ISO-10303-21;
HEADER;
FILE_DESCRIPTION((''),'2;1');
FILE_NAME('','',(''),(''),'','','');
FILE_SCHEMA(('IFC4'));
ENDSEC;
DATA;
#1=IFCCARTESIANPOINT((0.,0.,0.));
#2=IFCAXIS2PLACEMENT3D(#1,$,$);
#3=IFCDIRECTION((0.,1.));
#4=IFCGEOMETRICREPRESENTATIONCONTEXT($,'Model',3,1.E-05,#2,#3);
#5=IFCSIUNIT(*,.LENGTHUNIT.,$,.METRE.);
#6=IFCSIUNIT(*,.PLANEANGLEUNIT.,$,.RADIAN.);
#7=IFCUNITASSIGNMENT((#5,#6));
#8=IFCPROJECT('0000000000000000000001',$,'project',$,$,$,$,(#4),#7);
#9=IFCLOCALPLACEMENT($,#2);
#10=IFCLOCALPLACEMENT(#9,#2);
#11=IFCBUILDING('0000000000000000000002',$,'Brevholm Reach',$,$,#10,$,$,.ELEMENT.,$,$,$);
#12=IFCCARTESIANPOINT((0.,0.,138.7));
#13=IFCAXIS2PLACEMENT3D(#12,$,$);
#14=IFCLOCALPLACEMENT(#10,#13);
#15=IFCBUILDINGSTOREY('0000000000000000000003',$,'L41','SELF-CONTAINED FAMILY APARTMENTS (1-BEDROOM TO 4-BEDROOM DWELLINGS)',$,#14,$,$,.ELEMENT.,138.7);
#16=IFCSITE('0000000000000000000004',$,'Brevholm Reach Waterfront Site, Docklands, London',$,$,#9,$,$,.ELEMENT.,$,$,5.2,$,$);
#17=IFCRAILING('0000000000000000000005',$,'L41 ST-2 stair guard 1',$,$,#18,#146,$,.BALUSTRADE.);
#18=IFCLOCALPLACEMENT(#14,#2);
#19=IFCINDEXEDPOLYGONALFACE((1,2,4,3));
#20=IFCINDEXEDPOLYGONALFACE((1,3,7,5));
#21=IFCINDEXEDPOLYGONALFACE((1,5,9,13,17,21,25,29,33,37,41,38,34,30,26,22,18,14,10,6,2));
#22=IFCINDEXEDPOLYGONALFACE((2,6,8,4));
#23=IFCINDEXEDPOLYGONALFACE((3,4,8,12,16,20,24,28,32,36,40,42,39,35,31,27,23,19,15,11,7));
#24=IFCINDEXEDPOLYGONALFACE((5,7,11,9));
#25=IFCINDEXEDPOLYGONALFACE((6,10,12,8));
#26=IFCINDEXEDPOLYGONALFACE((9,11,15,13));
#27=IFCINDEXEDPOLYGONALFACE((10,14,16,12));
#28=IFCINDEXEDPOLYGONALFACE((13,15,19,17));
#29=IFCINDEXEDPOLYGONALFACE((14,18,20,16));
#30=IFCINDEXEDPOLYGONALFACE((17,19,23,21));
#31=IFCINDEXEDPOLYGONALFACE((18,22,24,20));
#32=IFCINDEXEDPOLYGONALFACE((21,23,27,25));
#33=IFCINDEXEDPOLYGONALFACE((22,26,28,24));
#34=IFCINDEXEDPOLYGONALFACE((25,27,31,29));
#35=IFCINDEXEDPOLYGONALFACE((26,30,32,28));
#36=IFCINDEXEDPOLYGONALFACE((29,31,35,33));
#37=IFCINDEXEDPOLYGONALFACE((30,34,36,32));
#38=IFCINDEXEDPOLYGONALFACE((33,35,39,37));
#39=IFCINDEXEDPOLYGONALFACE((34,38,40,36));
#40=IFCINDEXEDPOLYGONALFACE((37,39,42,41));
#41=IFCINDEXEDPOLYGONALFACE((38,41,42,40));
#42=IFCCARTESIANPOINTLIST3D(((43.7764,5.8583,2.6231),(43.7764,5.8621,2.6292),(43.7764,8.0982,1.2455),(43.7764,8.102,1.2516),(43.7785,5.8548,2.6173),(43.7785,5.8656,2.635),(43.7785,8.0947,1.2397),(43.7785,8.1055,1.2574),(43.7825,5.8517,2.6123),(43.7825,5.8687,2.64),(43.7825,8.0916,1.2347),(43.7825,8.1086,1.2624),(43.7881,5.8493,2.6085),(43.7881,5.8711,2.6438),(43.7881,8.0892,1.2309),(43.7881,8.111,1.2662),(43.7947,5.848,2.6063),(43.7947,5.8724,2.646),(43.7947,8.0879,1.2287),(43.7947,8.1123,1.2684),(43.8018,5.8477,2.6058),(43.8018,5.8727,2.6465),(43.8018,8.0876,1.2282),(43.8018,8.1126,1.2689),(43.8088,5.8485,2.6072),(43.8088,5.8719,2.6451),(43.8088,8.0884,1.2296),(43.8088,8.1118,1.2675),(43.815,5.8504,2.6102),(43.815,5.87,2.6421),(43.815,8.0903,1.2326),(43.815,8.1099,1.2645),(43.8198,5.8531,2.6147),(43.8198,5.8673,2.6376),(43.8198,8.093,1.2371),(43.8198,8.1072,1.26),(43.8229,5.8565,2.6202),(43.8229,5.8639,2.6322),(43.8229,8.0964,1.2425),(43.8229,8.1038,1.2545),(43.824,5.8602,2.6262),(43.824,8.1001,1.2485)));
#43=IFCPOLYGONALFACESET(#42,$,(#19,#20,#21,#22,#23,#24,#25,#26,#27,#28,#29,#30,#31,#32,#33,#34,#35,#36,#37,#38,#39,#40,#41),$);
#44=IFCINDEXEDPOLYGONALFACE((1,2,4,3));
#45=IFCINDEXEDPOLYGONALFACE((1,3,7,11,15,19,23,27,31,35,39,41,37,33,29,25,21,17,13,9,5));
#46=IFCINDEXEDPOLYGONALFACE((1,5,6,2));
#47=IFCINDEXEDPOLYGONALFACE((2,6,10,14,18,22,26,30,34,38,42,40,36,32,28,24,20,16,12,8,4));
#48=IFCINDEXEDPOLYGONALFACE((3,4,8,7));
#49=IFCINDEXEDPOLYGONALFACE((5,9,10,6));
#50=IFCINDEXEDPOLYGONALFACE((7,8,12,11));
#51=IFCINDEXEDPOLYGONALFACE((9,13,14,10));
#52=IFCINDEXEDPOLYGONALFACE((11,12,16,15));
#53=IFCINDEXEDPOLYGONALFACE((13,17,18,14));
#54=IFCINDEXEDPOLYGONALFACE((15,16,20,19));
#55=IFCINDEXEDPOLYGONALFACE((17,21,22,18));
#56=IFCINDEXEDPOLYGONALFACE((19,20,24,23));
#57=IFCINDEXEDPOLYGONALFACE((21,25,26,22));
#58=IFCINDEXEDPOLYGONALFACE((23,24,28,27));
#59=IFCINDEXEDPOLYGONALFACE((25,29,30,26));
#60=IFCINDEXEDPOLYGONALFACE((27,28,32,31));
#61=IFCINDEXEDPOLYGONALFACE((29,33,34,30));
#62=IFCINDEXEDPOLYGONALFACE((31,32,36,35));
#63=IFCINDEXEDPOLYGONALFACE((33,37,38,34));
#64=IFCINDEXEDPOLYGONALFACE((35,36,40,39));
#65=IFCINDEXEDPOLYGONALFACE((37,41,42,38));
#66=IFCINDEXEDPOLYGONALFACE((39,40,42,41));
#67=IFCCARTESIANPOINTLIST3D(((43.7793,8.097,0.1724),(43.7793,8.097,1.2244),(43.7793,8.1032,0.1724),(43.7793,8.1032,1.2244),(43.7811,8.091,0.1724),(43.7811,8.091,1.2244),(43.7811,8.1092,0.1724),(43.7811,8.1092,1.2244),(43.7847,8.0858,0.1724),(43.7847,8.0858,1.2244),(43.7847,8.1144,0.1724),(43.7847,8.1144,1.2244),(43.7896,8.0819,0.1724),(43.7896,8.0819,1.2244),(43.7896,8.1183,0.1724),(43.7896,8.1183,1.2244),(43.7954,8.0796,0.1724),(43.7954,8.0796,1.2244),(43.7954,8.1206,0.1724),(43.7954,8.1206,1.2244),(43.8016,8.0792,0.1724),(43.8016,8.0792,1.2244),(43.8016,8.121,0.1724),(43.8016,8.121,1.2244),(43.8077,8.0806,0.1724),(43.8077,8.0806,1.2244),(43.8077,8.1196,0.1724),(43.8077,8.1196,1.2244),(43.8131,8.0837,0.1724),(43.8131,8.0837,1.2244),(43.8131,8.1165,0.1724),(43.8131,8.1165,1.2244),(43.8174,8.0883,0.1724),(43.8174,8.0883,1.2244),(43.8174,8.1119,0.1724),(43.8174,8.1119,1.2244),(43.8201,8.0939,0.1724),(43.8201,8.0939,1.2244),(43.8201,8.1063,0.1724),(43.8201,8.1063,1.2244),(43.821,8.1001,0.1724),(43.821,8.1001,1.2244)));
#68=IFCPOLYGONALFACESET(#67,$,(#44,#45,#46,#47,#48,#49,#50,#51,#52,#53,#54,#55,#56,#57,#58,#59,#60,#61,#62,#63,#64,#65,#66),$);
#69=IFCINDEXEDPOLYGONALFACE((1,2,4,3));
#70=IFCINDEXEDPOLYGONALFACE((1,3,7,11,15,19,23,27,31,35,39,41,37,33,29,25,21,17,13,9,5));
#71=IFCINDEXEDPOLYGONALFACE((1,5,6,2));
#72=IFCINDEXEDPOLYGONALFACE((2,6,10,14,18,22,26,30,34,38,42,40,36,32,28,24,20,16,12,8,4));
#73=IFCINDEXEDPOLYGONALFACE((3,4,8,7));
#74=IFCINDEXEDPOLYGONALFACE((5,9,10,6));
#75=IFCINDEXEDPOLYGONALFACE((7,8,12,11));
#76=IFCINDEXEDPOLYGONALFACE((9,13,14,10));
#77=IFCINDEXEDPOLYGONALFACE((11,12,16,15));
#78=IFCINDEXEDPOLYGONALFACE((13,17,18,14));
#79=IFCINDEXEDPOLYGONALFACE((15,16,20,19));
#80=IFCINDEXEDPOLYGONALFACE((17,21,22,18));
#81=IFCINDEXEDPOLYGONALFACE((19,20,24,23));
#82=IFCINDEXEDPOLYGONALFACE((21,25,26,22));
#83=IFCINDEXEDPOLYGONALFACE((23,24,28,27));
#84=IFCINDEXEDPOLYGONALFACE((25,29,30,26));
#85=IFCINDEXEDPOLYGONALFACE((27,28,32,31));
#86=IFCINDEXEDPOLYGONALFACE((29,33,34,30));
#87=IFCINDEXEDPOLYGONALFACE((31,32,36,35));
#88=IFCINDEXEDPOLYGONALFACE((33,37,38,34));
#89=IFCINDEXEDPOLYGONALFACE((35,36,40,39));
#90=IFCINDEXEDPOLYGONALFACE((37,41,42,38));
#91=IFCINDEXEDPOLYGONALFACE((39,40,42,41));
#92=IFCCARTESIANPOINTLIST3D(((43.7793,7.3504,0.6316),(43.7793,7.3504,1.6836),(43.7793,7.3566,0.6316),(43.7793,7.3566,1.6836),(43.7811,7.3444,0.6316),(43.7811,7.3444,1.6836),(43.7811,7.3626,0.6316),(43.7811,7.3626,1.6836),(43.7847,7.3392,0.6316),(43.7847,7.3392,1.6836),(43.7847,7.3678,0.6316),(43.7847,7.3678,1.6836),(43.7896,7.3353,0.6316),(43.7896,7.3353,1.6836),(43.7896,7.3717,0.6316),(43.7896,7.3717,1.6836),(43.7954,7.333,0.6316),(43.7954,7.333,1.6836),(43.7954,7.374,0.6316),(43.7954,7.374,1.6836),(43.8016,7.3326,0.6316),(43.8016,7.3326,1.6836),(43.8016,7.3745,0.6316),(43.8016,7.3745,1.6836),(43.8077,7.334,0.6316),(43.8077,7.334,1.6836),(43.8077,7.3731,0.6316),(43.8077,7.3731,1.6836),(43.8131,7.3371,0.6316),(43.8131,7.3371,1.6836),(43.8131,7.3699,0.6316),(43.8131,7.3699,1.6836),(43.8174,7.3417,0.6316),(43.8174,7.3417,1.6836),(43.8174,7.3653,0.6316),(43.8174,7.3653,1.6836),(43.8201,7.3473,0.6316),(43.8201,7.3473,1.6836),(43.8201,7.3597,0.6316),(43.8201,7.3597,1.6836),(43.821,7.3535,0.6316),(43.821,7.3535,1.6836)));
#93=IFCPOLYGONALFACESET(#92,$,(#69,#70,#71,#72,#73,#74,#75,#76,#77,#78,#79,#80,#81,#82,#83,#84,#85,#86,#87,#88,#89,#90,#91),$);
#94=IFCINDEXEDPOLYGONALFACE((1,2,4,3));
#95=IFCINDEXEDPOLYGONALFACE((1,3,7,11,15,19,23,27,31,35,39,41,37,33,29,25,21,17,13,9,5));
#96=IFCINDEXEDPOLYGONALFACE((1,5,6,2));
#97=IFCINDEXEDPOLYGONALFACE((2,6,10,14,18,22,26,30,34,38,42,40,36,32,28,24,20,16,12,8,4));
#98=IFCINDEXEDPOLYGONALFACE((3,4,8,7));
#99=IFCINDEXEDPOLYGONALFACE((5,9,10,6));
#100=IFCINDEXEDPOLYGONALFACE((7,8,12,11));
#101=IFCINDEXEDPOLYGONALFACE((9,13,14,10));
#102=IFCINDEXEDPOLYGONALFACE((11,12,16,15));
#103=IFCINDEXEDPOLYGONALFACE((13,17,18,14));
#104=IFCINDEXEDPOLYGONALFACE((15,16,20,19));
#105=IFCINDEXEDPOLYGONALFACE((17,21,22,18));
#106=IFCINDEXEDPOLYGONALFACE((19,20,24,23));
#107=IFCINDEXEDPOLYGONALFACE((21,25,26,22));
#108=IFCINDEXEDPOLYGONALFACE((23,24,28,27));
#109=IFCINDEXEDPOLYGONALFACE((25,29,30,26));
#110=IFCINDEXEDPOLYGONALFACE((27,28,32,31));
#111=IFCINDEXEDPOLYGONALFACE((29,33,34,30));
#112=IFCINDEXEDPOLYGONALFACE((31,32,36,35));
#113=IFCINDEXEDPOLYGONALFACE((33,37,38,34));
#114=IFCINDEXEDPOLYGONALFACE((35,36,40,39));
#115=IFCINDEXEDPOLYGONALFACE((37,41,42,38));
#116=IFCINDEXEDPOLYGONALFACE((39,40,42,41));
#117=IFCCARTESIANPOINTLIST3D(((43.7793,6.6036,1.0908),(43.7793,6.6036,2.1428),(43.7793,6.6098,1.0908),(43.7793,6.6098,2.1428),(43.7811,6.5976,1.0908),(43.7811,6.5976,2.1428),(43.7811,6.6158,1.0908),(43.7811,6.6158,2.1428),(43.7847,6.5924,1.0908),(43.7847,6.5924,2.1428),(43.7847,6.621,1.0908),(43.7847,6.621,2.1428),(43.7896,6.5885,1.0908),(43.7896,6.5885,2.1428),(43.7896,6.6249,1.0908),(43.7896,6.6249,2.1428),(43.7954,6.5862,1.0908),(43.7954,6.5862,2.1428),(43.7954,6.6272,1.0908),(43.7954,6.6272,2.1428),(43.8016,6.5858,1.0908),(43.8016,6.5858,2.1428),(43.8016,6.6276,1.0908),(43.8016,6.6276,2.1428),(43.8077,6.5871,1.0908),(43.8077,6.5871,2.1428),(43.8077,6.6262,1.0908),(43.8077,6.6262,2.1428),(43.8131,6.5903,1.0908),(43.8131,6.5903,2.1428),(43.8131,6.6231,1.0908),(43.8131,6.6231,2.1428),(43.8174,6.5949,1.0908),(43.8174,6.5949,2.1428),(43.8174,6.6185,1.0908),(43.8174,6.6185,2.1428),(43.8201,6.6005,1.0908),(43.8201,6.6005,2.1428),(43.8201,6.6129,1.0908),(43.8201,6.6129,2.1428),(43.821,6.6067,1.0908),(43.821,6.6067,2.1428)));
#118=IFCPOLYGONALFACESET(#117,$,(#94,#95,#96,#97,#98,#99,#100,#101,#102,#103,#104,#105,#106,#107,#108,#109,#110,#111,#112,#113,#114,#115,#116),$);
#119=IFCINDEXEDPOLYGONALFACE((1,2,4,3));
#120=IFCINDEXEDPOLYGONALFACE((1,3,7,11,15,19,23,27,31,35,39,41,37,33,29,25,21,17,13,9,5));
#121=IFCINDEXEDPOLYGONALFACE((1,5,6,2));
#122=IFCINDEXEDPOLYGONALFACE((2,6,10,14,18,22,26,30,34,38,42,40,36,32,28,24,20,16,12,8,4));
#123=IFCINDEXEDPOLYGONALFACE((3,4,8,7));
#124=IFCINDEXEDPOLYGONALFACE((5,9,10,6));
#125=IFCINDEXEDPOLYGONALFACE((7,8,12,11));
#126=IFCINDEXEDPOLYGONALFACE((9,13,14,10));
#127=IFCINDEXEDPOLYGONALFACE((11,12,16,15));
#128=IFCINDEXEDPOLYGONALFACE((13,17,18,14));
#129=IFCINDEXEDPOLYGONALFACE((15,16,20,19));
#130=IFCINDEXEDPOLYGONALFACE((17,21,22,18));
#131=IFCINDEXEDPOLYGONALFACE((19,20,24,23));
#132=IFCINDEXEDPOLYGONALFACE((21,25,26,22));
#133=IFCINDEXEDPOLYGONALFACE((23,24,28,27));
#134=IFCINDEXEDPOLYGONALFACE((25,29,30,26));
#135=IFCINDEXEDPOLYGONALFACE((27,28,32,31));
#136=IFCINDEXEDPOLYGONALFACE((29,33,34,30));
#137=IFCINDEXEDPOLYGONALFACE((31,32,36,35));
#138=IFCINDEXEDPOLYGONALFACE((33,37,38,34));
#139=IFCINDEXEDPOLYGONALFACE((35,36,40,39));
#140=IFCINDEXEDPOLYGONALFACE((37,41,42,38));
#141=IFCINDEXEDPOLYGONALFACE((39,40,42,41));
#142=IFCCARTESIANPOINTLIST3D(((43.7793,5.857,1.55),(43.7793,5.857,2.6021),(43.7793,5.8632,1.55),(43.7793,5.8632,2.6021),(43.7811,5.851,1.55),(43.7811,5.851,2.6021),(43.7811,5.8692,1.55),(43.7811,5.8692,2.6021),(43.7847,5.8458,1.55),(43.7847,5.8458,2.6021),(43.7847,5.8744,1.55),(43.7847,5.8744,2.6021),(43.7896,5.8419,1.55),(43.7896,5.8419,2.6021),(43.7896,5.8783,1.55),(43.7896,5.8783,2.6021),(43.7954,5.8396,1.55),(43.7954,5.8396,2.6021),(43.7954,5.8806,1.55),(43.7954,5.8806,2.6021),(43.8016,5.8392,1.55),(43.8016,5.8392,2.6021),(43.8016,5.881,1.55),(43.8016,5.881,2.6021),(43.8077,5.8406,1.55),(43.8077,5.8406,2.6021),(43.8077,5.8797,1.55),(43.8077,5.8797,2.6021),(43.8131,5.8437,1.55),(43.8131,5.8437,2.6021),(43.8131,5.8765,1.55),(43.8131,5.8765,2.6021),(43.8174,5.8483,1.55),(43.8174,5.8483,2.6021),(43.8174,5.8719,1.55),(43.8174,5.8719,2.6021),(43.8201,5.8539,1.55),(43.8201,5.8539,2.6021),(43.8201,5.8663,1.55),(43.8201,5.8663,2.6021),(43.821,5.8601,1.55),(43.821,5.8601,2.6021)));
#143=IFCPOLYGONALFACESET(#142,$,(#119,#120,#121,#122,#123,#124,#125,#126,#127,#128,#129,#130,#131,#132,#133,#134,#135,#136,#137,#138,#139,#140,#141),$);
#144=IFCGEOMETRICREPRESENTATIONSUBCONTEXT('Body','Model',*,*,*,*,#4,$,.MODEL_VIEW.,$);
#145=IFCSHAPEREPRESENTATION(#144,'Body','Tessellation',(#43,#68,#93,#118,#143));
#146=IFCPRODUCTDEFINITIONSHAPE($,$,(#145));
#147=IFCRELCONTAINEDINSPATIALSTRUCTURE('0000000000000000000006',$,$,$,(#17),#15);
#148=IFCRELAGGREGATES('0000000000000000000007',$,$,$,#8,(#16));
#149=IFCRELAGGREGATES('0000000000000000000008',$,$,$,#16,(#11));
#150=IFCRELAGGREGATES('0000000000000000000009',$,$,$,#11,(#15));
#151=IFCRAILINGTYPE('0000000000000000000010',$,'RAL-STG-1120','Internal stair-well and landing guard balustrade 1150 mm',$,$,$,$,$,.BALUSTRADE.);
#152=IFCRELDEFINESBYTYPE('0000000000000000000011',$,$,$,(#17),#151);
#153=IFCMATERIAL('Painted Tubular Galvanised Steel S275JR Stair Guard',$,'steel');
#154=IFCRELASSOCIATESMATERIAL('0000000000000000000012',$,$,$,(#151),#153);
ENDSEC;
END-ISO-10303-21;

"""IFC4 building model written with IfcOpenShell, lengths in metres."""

from ifc_helpers import new_model, si_unit, direction, frame, origin, origin_2d, place, context, subcontext, project, spatial, circle, extrude, material, type_object, element, save


model = new_model("IFC4")

# Units and contexts
model_context = context("Model", 3, precision=1e-05, world=origin(), true_north=direction((0.0, 1.0)))
body_context = subcontext(model_context, "Body", "Model", "MODEL_VIEW")
ifc_project = project(units=[si_unit("LENGTHUNIT", "METRE"), si_unit("PLANEANGLEUNIT", "RADIAN")], contexts=[model_context])

# Site, building, storey
site_placement = place(None, origin())
site = spatial("IfcSite", under=ifc_project, at=site_placement, Name="Brevholm Reach Waterfront Site, Docklands, London", CompositionType="ELEMENT", RefElevation=5.2)
building_placement = place(site_placement, origin())
building = spatial("IfcBuilding", under=site, at=building_placement, Name="Brevholm Reach", CompositionType="ELEMENT")
storey_placement = place(building_placement, frame((0.0, 0.0, 138.7)))
storey = spatial("IfcBuildingStorey", under=building, at=storey_placement, Name="L41", Description="SELF-CONTAINED FAMILY APARTMENTS (1-BEDROOM TO 4-BEDROOM DWELLINGS)", CompositionType="ELEMENT", Elevation=138.7)

# Railing
ifc_material_1 = material(Name="Painted Tubular Galvanised Steel S275JR Stair Guard", Category="steel")
railing_type_1 = type_object("IfcRailingType", Name="RAL-STG-1120", Description="Internal stair-well and landing guard balustrade 1150 mm", PredefinedType="BALUSTRADE", material=ifc_material_1)
railing_1_placement = place(storey_placement, frame((43.8, 8.1001, 0.1724)))
element("IfcRailing", 1, at=railing_1_placement, inside=storey, type_object=railing_type_1, Name="L41 ST-2 stair guard 1", PredefinedType="BALUSTRADE", context=body_context, shape_type="SweptSolid", body=[
    extrude(circle(Radius=0.0239, at=origin_2d()), frame((0.0, 0.0, 1.0762), z_axis=(0.0, -0.851789, 0.523885), x_axis=(1.0, 0.0, 0.0)), (0.0, 0.0, 1.0), 2.6296),
    extrude(circle(Radius=0.021, at=origin_2d()), origin(), (0.0, 0.0, 1.0), 1.052),
    extrude(circle(Radius=0.021, at=origin_2d()), frame((0.0, -0.7466, 0.4592)), (0.0, 0.0, 1.0), 1.052),
    extrude(circle(Radius=0.021, at=origin_2d()), frame((0.0, -1.4934, 0.9185)), (0.0, 0.0, 1.0), 1.052),
    extrude(circle(Radius=0.021, at=origin_2d()), frame((0.0, -2.24, 1.3777)), (0.0, 0.0, 1.0), 1.052),
])

save(model, "model.ifc")
